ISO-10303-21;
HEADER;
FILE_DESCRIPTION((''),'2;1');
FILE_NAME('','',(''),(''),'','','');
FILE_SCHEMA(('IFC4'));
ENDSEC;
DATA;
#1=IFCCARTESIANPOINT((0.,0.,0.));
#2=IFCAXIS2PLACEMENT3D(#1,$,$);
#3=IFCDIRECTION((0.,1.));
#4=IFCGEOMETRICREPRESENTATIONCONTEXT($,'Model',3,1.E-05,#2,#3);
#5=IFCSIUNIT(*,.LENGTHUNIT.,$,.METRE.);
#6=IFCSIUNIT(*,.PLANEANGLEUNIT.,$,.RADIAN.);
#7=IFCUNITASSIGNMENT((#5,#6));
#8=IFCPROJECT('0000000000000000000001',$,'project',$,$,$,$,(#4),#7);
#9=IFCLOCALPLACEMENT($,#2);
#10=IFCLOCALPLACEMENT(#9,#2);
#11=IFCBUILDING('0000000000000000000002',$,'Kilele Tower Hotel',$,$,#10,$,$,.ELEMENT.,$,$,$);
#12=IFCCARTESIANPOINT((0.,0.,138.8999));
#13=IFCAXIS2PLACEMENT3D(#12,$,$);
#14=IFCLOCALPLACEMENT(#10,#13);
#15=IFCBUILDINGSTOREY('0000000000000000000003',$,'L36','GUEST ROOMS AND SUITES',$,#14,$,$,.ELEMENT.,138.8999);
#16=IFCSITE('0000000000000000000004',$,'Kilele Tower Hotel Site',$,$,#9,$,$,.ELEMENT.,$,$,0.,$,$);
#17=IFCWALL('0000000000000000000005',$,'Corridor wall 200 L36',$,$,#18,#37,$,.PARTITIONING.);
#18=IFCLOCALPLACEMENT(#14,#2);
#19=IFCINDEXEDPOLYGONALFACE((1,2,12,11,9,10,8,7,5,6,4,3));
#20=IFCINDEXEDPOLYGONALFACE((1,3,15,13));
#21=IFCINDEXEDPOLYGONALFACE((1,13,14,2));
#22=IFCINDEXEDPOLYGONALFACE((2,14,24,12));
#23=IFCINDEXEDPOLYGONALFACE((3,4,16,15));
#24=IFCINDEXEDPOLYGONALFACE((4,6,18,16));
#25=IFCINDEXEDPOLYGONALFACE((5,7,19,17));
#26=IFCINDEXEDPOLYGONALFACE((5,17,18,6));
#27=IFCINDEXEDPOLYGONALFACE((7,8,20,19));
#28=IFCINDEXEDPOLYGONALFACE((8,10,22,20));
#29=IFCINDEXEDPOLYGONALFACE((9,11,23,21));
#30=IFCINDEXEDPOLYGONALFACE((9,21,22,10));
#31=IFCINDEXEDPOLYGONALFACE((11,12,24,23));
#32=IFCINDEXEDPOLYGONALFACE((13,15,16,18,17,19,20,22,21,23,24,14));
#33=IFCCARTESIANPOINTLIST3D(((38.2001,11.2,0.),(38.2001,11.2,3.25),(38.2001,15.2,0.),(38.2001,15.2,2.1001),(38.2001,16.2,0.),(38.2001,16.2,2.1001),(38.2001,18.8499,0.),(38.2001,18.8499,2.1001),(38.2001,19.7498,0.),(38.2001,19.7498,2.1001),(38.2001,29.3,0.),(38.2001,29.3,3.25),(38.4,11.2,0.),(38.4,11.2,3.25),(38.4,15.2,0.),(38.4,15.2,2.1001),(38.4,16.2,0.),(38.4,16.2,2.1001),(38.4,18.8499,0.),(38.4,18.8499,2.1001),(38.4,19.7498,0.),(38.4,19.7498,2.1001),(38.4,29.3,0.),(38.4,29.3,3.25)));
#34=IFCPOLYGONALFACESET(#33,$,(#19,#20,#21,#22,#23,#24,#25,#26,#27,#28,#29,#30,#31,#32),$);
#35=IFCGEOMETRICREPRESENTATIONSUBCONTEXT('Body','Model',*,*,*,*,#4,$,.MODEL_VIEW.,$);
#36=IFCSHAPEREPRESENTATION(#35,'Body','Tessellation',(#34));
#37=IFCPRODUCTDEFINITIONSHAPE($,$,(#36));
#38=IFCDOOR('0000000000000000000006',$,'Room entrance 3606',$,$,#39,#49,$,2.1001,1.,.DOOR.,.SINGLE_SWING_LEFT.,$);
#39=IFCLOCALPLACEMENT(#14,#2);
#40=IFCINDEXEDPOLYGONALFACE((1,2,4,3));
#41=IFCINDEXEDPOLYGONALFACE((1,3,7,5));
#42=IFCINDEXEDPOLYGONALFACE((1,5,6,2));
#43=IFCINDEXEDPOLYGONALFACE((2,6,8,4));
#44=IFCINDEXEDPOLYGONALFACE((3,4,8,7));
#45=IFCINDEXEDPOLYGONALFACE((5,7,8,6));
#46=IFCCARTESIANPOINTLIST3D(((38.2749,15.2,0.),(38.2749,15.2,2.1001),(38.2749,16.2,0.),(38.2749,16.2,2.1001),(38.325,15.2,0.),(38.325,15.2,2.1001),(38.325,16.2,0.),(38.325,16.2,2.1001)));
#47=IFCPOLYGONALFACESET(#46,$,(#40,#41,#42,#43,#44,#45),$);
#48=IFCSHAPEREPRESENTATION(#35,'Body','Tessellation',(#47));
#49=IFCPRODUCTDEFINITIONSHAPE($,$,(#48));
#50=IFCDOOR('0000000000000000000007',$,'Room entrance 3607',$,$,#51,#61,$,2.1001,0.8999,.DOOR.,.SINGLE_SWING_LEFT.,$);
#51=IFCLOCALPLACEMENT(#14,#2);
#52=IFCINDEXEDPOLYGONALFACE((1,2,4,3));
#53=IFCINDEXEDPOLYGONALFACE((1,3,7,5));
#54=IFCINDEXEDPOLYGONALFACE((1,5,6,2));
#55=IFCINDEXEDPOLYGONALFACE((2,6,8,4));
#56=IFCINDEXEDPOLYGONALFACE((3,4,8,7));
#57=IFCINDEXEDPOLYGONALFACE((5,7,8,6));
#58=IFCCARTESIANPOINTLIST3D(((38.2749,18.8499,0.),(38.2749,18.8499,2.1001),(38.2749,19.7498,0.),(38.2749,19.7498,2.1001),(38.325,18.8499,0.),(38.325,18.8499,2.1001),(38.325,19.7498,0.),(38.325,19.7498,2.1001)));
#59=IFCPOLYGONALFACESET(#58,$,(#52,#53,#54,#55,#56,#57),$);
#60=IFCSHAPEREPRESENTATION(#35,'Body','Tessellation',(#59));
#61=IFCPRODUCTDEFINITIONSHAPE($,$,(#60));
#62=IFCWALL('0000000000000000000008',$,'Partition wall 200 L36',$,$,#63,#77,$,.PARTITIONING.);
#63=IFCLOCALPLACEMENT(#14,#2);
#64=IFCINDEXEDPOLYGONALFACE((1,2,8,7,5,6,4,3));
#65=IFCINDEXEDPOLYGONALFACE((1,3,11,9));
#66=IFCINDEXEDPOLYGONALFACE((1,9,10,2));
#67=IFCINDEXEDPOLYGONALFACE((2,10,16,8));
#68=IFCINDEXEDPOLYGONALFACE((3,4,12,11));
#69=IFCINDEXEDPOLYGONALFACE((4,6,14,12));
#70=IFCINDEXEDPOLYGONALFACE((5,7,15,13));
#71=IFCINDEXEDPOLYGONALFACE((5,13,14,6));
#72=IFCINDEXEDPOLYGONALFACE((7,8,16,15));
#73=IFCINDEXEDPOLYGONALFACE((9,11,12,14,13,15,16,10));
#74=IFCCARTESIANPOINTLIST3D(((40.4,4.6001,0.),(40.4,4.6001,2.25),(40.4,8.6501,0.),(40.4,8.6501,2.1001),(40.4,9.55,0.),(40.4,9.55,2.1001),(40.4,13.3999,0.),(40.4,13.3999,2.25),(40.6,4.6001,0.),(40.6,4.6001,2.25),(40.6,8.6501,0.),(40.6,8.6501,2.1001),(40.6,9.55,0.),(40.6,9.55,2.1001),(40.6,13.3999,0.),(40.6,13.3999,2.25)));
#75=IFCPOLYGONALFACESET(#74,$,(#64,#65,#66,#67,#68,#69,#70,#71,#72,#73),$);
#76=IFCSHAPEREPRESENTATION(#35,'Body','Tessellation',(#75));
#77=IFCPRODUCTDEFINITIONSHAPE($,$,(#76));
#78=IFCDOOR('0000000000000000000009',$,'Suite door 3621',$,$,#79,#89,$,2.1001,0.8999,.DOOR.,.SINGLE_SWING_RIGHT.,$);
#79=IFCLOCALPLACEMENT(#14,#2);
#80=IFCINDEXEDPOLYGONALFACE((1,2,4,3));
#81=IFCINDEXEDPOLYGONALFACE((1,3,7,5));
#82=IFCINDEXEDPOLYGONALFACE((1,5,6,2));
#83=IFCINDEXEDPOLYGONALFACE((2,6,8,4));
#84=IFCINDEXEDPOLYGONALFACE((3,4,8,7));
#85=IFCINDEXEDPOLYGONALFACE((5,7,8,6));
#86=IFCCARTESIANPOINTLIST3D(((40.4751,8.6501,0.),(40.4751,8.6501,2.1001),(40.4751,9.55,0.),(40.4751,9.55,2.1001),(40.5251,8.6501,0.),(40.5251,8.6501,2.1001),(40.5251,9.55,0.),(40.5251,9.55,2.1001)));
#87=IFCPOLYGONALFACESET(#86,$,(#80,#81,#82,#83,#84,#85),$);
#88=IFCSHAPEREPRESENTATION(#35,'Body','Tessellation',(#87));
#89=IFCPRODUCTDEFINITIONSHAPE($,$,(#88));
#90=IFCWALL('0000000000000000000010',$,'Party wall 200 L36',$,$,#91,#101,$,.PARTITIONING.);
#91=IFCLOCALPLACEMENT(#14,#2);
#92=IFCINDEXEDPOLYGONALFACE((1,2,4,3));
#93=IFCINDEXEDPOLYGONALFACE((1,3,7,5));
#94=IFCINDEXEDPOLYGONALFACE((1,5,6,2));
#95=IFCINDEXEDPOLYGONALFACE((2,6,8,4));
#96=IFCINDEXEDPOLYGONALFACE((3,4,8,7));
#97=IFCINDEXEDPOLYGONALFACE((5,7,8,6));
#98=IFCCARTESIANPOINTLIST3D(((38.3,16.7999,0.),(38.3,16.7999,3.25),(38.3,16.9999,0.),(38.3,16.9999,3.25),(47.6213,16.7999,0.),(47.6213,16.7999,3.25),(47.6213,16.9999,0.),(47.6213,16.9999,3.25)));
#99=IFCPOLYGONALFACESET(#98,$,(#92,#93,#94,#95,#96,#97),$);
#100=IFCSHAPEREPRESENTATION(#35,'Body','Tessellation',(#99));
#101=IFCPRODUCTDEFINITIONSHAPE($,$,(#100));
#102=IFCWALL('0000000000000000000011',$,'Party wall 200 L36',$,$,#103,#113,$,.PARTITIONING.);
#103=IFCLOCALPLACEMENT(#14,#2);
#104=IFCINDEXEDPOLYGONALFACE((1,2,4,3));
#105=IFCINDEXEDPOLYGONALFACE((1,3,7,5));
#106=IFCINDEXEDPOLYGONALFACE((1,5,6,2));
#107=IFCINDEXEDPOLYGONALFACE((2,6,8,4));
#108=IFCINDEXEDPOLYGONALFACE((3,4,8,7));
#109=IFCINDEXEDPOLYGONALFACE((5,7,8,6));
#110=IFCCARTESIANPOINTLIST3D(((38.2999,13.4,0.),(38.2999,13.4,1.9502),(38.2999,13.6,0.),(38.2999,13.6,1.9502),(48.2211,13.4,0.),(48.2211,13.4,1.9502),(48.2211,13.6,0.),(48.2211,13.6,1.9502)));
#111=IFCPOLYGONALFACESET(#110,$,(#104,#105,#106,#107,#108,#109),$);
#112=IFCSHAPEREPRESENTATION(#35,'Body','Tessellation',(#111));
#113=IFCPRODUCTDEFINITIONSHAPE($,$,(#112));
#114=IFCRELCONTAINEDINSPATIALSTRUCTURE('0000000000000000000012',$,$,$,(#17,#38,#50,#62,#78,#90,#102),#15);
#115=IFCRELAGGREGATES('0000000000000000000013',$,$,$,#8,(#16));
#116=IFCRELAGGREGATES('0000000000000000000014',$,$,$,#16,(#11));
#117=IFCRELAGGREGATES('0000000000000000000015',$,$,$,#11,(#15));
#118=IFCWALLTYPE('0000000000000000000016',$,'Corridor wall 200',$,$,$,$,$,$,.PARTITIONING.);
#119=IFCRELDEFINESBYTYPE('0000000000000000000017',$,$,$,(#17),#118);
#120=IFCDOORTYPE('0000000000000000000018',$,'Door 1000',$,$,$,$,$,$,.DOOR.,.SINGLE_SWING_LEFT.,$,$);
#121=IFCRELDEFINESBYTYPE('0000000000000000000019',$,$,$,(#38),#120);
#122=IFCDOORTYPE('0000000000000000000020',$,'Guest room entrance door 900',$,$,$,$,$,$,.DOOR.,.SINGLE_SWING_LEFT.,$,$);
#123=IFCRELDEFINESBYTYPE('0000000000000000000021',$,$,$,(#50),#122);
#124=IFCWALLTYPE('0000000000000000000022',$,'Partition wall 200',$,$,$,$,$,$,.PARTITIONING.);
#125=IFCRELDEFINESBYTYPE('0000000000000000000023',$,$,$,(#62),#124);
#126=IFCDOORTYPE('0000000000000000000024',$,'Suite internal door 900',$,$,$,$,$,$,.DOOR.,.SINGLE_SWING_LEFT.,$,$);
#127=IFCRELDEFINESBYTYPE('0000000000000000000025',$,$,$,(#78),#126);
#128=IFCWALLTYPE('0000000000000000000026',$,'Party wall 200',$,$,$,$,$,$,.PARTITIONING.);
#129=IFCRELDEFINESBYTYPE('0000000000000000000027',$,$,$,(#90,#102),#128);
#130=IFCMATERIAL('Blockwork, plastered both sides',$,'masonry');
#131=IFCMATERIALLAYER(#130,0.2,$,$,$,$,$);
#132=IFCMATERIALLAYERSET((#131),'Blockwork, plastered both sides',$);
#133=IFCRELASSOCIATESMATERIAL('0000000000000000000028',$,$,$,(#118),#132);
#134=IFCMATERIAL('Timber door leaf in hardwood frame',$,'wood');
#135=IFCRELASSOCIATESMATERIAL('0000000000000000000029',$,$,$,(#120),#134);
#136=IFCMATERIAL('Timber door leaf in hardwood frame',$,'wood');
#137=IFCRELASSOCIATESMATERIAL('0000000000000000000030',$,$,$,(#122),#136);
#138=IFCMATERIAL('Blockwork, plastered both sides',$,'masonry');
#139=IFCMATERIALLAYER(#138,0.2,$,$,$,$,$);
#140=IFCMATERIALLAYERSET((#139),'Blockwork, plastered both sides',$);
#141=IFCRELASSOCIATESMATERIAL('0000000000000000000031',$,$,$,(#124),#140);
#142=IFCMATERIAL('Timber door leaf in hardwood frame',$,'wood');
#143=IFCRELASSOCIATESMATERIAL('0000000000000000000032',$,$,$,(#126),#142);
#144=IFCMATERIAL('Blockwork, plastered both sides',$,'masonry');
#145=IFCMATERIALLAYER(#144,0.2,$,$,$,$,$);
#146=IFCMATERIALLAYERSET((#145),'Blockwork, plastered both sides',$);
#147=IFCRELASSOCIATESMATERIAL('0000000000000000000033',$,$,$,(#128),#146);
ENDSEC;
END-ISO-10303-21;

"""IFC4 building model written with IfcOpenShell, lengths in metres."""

from ifc_helpers import new_model, si_unit, direction, frame, frame_2d, origin, place, context, subcontext, project, spatial, rectangle, extrude, material, layer, layer_set, type_object, element, fill, save


model = new_model("IFC4")

# Units and contexts
model_context = context("Model", 3, precision=1e-05, world=origin(), true_north=direction((0.0, 1.0)))
body_context = subcontext(model_context, "Body", "Model", "MODEL_VIEW")
ifc_project = project(units=[si_unit("LENGTHUNIT", "METRE"), si_unit("PLANEANGLEUNIT", "RADIAN")], contexts=[model_context])

# Site, building, storey
site_placement = place(None, origin())
site = spatial("IfcSite", under=ifc_project, at=site_placement, Name="Kilele Tower Hotel Site", CompositionType="ELEMENT", RefElevation=0.0)
building_placement = place(site_placement, origin())
building = spatial("IfcBuilding", under=site, at=building_placement, Name="Kilele Tower Hotel", CompositionType="ELEMENT")
storey_placement = place(building_placement, frame((0.0, 0.0, 138.8999)))
storey = spatial("IfcBuildingStorey", under=building, at=storey_placement, Name="L36", Description="GUEST ROOMS AND SUITES", CompositionType="ELEMENT", Elevation=138.8999)

# Wall, openings, doors
ifc_material_1 = material(Name="Blockwork, plastered both sides", Category="masonry")
ifc_layer_1 = layer(ifc_material_1, 0.2)
ifc_layer_set_1 = layer_set([ifc_layer_1], Name="Blockwork, plastered both sides")
wall_type_1 = type_object("IfcWallType", Name="Corridor wall 200", PredefinedType="PARTITIONING", material=ifc_layer_set_1)
wall_1_placement = place(storey_placement, frame((38.3, 11.2, 0.0), z_axis=(0.0, 0.0, 1.0), x_axis=(0.0, 1.0, 0.0)))
wall_1 = element("IfcWall", 1, at=wall_1_placement, inside=storey, type_object=wall_type_1, Name="Corridor wall 200 L36", PredefinedType="PARTITIONING", context=body_context, shape_type="SweptSolid", body=[
    extrude(rectangle(XDim=18.1001, YDim=0.2, at=frame_2d((9.05, 0.0))), origin(), (0.0, 0.0, 1.0), 3.25),
])
opening_1_placement = place(wall_1_placement, frame((5.0, 0.0, 0.0), z_axis=(0.0, 0.0, 1.0), x_axis=(-1.0, 0.0, 0.0)))
opening_1 = element("IfcOpeningElement", 2, at=opening_1_placement, cuts=wall_1, PredefinedType="OPENING", context=body_context, shape_type="SweptSolid", body=[
    extrude(rectangle(XDim=1.0, YDim=2.1001, at=frame_2d((0.5, 1.05))), frame((0.0, 0.1099, 0.0), z_axis=(0.0, -1.0, 0.0), x_axis=(1.0, 0.0, 0.0)), (0.0, 0.0, 1.0), 0.22),
])
opening_2_placement = place(wall_1_placement, frame((8.5498, 0.0, 0.0), z_axis=(0.0, 0.0, 1.0), x_axis=(-1.0, 0.0, 0.0)))
opening_2 = element("IfcOpeningElement", 3, at=opening_2_placement, cuts=wall_1, PredefinedType="OPENING", context=body_context, shape_type="SweptSolid", body=[
    extrude(rectangle(XDim=0.8999, YDim=2.1001, at=frame_2d((0.45, 1.05))), frame((0.0, 0.1099, 0.0), z_axis=(0.0, -1.0, 0.0), x_axis=(1.0, 0.0, 0.0)), (0.0, 0.0, 1.0), 0.22),
])
ifc_material_2 = material(Name="Timber door leaf in hardwood frame", Category="wood")
door_type_1 = type_object("IfcDoorType", Name="Door 1000", OperationType="SINGLE_SWING_LEFT", PredefinedType="DOOR", material=ifc_material_2)
door_1_placement = place(opening_1_placement, origin())
door_1 = element("IfcDoor", 4, at=door_1_placement, inside=storey, type_object=door_type_1, Name="Room entrance 3606", OperationType="SINGLE_SWING_LEFT", OverallHeight=2.1001, OverallWidth=1.0, PredefinedType="DOOR", context=body_context, shape_type="SweptSolid", body=[
    extrude(rectangle(XDim=1.0, YDim=2.1001, at=frame_2d((0.5, 1.05))), frame((0.0, 0.0249, 0.0), z_axis=(0.0, -1.0, 0.0), x_axis=(1.0, 0.0, 0.0)), (0.0, 0.0, 1.0), 0.05),
])
fill(opening_1, door_1)
ifc_material_3 = material(Name="Timber door leaf in hardwood frame", Category="wood")
door_type_2 = type_object("IfcDoorType", Name="Guest room entrance door 900", OperationType="SINGLE_SWING_LEFT", PredefinedType="DOOR", material=ifc_material_3)
door_2_placement = place(opening_2_placement, origin())
door_2 = element("IfcDoor", 5, at=door_2_placement, inside=storey, type_object=door_type_2, Name="Room entrance 3607", OperationType="SINGLE_SWING_LEFT", OverallHeight=2.1001, OverallWidth=0.8999, PredefinedType="DOOR", context=body_context, shape_type="SweptSolid", body=[
    extrude(rectangle(XDim=0.8999, YDim=2.1001, at=frame_2d((0.45, 1.05))), frame((0.0, 0.0249, 0.0), z_axis=(0.0, -1.0, 0.0), x_axis=(1.0, 0.0, 0.0)), (0.0, 0.0, 1.0), 0.05),
])
fill(opening_2, door_2)

# Wall, opening, door
ifc_material_4 = material(Name="Blockwork, plastered both sides", Category="masonry")
ifc_layer_2 = layer(ifc_material_4, 0.2)
ifc_layer_set_2 = layer_set([ifc_layer_2], Name="Blockwork, plastered both sides")
wall_type_2 = type_object("IfcWallType", Name="Partition wall 200", PredefinedType="PARTITIONING", material=ifc_layer_set_2)
wall_2_placement = place(storey_placement, frame((40.5, 4.6001, 0.0), z_axis=(0.0, 0.0, 1.0), x_axis=(0.0, 1.0, 0.0)))
wall_2 = element("IfcWall", 6, at=wall_2_placement, inside=storey, type_object=wall_type_2, Name="Partition wall 200 L36", PredefinedType="PARTITIONING", context=body_context, shape_type="SweptSolid", body=[
    extrude(rectangle(XDim=8.7998, YDim=0.2, at=frame_2d((4.3999, 0.0))), origin(), (0.0, 0.0, 1.0), 2.25),
])
opening_3_placement = place(wall_2_placement, frame((4.05, 0.0, 0.0)))
opening_3 = element("IfcOpeningElement", 7, at=opening_3_placement, cuts=wall_2, PredefinedType="OPENING", context=body_context, shape_type="SweptSolid", body=[
    extrude(rectangle(XDim=0.8999, YDim=2.1001, at=frame_2d((0.45, 1.05))), frame((0.0, 0.1099, 0.0), z_axis=(0.0, -1.0, 0.0), x_axis=(1.0, 0.0, 0.0)), (0.0, 0.0, 1.0), 0.22),
])
ifc_material_5 = material(Name="Timber door leaf in hardwood frame", Category="wood")
door_type_3 = type_object("IfcDoorType", Name="Suite internal door 900", OperationType="SINGLE_SWING_LEFT", PredefinedType="DOOR", material=ifc_material_5)
door_3_placement = place(opening_3_placement, origin())
door_3 = element("IfcDoor", 8, at=door_3_placement, inside=storey, type_object=door_type_3, Name="Suite door 3621", OperationType="SINGLE_SWING_RIGHT", OverallHeight=2.1001, OverallWidth=0.8999, PredefinedType="DOOR", context=body_context, shape_type="SweptSolid", body=[
    extrude(rectangle(XDim=0.8999, YDim=2.1001, at=frame_2d((0.45, 1.05))), frame((0.0, 0.0249, 0.0), z_axis=(0.0, -1.0, 0.0), x_axis=(1.0, 0.0, 0.0)), (0.0, 0.0, 1.0), 0.05),
])
fill(opening_3, door_3)

# Walls
ifc_material_6 = material(Name="Blockwork, plastered both sides", Category="masonry")
ifc_layer_3 = layer(ifc_material_6, 0.2)
ifc_layer_set_3 = layer_set([ifc_layer_3], Name="Blockwork, plastered both sides")
wall_type_3 = type_object("IfcWallType", Name="Party wall 200", PredefinedType="PARTITIONING", material=ifc_layer_set_3)
wall_3_placement = place(storey_placement, frame((38.3, 16.8999, 0.0), z_axis=(0.0, 0.0, 1.0), x_axis=(1.0, 0.0, 0.0)))
element("IfcWall", 9, at=wall_3_placement, inside=storey, type_object=wall_type_3, Name="Party wall 200 L36", PredefinedType="PARTITIONING", context=body_context, shape_type="SweptSolid", body=[
    extrude(rectangle(XDim=9.3213, YDim=0.2, at=frame_2d((4.6606, 0.0))), origin(), (0.0, 0.0, 1.0), 3.25),
])
wall_4_placement = place(storey_placement, frame((38.3, 13.5, 0.0), z_axis=(0.0, 0.0, 1.0), x_axis=(1.0, 0.0, 0.0)))
element("IfcWall", 10, at=wall_4_placement, inside=storey, type_object=wall_type_3, Name="Party wall 200 L36", PredefinedType="PARTITIONING", context=body_context, shape_type="SweptSolid", body=[
    extrude(rectangle(XDim=9.9211, YDim=0.2, at=frame_2d((4.9604, 0.0))), origin(), (0.0, 0.0, 1.0), 1.9502),
])

save(model, "model.ifc")
